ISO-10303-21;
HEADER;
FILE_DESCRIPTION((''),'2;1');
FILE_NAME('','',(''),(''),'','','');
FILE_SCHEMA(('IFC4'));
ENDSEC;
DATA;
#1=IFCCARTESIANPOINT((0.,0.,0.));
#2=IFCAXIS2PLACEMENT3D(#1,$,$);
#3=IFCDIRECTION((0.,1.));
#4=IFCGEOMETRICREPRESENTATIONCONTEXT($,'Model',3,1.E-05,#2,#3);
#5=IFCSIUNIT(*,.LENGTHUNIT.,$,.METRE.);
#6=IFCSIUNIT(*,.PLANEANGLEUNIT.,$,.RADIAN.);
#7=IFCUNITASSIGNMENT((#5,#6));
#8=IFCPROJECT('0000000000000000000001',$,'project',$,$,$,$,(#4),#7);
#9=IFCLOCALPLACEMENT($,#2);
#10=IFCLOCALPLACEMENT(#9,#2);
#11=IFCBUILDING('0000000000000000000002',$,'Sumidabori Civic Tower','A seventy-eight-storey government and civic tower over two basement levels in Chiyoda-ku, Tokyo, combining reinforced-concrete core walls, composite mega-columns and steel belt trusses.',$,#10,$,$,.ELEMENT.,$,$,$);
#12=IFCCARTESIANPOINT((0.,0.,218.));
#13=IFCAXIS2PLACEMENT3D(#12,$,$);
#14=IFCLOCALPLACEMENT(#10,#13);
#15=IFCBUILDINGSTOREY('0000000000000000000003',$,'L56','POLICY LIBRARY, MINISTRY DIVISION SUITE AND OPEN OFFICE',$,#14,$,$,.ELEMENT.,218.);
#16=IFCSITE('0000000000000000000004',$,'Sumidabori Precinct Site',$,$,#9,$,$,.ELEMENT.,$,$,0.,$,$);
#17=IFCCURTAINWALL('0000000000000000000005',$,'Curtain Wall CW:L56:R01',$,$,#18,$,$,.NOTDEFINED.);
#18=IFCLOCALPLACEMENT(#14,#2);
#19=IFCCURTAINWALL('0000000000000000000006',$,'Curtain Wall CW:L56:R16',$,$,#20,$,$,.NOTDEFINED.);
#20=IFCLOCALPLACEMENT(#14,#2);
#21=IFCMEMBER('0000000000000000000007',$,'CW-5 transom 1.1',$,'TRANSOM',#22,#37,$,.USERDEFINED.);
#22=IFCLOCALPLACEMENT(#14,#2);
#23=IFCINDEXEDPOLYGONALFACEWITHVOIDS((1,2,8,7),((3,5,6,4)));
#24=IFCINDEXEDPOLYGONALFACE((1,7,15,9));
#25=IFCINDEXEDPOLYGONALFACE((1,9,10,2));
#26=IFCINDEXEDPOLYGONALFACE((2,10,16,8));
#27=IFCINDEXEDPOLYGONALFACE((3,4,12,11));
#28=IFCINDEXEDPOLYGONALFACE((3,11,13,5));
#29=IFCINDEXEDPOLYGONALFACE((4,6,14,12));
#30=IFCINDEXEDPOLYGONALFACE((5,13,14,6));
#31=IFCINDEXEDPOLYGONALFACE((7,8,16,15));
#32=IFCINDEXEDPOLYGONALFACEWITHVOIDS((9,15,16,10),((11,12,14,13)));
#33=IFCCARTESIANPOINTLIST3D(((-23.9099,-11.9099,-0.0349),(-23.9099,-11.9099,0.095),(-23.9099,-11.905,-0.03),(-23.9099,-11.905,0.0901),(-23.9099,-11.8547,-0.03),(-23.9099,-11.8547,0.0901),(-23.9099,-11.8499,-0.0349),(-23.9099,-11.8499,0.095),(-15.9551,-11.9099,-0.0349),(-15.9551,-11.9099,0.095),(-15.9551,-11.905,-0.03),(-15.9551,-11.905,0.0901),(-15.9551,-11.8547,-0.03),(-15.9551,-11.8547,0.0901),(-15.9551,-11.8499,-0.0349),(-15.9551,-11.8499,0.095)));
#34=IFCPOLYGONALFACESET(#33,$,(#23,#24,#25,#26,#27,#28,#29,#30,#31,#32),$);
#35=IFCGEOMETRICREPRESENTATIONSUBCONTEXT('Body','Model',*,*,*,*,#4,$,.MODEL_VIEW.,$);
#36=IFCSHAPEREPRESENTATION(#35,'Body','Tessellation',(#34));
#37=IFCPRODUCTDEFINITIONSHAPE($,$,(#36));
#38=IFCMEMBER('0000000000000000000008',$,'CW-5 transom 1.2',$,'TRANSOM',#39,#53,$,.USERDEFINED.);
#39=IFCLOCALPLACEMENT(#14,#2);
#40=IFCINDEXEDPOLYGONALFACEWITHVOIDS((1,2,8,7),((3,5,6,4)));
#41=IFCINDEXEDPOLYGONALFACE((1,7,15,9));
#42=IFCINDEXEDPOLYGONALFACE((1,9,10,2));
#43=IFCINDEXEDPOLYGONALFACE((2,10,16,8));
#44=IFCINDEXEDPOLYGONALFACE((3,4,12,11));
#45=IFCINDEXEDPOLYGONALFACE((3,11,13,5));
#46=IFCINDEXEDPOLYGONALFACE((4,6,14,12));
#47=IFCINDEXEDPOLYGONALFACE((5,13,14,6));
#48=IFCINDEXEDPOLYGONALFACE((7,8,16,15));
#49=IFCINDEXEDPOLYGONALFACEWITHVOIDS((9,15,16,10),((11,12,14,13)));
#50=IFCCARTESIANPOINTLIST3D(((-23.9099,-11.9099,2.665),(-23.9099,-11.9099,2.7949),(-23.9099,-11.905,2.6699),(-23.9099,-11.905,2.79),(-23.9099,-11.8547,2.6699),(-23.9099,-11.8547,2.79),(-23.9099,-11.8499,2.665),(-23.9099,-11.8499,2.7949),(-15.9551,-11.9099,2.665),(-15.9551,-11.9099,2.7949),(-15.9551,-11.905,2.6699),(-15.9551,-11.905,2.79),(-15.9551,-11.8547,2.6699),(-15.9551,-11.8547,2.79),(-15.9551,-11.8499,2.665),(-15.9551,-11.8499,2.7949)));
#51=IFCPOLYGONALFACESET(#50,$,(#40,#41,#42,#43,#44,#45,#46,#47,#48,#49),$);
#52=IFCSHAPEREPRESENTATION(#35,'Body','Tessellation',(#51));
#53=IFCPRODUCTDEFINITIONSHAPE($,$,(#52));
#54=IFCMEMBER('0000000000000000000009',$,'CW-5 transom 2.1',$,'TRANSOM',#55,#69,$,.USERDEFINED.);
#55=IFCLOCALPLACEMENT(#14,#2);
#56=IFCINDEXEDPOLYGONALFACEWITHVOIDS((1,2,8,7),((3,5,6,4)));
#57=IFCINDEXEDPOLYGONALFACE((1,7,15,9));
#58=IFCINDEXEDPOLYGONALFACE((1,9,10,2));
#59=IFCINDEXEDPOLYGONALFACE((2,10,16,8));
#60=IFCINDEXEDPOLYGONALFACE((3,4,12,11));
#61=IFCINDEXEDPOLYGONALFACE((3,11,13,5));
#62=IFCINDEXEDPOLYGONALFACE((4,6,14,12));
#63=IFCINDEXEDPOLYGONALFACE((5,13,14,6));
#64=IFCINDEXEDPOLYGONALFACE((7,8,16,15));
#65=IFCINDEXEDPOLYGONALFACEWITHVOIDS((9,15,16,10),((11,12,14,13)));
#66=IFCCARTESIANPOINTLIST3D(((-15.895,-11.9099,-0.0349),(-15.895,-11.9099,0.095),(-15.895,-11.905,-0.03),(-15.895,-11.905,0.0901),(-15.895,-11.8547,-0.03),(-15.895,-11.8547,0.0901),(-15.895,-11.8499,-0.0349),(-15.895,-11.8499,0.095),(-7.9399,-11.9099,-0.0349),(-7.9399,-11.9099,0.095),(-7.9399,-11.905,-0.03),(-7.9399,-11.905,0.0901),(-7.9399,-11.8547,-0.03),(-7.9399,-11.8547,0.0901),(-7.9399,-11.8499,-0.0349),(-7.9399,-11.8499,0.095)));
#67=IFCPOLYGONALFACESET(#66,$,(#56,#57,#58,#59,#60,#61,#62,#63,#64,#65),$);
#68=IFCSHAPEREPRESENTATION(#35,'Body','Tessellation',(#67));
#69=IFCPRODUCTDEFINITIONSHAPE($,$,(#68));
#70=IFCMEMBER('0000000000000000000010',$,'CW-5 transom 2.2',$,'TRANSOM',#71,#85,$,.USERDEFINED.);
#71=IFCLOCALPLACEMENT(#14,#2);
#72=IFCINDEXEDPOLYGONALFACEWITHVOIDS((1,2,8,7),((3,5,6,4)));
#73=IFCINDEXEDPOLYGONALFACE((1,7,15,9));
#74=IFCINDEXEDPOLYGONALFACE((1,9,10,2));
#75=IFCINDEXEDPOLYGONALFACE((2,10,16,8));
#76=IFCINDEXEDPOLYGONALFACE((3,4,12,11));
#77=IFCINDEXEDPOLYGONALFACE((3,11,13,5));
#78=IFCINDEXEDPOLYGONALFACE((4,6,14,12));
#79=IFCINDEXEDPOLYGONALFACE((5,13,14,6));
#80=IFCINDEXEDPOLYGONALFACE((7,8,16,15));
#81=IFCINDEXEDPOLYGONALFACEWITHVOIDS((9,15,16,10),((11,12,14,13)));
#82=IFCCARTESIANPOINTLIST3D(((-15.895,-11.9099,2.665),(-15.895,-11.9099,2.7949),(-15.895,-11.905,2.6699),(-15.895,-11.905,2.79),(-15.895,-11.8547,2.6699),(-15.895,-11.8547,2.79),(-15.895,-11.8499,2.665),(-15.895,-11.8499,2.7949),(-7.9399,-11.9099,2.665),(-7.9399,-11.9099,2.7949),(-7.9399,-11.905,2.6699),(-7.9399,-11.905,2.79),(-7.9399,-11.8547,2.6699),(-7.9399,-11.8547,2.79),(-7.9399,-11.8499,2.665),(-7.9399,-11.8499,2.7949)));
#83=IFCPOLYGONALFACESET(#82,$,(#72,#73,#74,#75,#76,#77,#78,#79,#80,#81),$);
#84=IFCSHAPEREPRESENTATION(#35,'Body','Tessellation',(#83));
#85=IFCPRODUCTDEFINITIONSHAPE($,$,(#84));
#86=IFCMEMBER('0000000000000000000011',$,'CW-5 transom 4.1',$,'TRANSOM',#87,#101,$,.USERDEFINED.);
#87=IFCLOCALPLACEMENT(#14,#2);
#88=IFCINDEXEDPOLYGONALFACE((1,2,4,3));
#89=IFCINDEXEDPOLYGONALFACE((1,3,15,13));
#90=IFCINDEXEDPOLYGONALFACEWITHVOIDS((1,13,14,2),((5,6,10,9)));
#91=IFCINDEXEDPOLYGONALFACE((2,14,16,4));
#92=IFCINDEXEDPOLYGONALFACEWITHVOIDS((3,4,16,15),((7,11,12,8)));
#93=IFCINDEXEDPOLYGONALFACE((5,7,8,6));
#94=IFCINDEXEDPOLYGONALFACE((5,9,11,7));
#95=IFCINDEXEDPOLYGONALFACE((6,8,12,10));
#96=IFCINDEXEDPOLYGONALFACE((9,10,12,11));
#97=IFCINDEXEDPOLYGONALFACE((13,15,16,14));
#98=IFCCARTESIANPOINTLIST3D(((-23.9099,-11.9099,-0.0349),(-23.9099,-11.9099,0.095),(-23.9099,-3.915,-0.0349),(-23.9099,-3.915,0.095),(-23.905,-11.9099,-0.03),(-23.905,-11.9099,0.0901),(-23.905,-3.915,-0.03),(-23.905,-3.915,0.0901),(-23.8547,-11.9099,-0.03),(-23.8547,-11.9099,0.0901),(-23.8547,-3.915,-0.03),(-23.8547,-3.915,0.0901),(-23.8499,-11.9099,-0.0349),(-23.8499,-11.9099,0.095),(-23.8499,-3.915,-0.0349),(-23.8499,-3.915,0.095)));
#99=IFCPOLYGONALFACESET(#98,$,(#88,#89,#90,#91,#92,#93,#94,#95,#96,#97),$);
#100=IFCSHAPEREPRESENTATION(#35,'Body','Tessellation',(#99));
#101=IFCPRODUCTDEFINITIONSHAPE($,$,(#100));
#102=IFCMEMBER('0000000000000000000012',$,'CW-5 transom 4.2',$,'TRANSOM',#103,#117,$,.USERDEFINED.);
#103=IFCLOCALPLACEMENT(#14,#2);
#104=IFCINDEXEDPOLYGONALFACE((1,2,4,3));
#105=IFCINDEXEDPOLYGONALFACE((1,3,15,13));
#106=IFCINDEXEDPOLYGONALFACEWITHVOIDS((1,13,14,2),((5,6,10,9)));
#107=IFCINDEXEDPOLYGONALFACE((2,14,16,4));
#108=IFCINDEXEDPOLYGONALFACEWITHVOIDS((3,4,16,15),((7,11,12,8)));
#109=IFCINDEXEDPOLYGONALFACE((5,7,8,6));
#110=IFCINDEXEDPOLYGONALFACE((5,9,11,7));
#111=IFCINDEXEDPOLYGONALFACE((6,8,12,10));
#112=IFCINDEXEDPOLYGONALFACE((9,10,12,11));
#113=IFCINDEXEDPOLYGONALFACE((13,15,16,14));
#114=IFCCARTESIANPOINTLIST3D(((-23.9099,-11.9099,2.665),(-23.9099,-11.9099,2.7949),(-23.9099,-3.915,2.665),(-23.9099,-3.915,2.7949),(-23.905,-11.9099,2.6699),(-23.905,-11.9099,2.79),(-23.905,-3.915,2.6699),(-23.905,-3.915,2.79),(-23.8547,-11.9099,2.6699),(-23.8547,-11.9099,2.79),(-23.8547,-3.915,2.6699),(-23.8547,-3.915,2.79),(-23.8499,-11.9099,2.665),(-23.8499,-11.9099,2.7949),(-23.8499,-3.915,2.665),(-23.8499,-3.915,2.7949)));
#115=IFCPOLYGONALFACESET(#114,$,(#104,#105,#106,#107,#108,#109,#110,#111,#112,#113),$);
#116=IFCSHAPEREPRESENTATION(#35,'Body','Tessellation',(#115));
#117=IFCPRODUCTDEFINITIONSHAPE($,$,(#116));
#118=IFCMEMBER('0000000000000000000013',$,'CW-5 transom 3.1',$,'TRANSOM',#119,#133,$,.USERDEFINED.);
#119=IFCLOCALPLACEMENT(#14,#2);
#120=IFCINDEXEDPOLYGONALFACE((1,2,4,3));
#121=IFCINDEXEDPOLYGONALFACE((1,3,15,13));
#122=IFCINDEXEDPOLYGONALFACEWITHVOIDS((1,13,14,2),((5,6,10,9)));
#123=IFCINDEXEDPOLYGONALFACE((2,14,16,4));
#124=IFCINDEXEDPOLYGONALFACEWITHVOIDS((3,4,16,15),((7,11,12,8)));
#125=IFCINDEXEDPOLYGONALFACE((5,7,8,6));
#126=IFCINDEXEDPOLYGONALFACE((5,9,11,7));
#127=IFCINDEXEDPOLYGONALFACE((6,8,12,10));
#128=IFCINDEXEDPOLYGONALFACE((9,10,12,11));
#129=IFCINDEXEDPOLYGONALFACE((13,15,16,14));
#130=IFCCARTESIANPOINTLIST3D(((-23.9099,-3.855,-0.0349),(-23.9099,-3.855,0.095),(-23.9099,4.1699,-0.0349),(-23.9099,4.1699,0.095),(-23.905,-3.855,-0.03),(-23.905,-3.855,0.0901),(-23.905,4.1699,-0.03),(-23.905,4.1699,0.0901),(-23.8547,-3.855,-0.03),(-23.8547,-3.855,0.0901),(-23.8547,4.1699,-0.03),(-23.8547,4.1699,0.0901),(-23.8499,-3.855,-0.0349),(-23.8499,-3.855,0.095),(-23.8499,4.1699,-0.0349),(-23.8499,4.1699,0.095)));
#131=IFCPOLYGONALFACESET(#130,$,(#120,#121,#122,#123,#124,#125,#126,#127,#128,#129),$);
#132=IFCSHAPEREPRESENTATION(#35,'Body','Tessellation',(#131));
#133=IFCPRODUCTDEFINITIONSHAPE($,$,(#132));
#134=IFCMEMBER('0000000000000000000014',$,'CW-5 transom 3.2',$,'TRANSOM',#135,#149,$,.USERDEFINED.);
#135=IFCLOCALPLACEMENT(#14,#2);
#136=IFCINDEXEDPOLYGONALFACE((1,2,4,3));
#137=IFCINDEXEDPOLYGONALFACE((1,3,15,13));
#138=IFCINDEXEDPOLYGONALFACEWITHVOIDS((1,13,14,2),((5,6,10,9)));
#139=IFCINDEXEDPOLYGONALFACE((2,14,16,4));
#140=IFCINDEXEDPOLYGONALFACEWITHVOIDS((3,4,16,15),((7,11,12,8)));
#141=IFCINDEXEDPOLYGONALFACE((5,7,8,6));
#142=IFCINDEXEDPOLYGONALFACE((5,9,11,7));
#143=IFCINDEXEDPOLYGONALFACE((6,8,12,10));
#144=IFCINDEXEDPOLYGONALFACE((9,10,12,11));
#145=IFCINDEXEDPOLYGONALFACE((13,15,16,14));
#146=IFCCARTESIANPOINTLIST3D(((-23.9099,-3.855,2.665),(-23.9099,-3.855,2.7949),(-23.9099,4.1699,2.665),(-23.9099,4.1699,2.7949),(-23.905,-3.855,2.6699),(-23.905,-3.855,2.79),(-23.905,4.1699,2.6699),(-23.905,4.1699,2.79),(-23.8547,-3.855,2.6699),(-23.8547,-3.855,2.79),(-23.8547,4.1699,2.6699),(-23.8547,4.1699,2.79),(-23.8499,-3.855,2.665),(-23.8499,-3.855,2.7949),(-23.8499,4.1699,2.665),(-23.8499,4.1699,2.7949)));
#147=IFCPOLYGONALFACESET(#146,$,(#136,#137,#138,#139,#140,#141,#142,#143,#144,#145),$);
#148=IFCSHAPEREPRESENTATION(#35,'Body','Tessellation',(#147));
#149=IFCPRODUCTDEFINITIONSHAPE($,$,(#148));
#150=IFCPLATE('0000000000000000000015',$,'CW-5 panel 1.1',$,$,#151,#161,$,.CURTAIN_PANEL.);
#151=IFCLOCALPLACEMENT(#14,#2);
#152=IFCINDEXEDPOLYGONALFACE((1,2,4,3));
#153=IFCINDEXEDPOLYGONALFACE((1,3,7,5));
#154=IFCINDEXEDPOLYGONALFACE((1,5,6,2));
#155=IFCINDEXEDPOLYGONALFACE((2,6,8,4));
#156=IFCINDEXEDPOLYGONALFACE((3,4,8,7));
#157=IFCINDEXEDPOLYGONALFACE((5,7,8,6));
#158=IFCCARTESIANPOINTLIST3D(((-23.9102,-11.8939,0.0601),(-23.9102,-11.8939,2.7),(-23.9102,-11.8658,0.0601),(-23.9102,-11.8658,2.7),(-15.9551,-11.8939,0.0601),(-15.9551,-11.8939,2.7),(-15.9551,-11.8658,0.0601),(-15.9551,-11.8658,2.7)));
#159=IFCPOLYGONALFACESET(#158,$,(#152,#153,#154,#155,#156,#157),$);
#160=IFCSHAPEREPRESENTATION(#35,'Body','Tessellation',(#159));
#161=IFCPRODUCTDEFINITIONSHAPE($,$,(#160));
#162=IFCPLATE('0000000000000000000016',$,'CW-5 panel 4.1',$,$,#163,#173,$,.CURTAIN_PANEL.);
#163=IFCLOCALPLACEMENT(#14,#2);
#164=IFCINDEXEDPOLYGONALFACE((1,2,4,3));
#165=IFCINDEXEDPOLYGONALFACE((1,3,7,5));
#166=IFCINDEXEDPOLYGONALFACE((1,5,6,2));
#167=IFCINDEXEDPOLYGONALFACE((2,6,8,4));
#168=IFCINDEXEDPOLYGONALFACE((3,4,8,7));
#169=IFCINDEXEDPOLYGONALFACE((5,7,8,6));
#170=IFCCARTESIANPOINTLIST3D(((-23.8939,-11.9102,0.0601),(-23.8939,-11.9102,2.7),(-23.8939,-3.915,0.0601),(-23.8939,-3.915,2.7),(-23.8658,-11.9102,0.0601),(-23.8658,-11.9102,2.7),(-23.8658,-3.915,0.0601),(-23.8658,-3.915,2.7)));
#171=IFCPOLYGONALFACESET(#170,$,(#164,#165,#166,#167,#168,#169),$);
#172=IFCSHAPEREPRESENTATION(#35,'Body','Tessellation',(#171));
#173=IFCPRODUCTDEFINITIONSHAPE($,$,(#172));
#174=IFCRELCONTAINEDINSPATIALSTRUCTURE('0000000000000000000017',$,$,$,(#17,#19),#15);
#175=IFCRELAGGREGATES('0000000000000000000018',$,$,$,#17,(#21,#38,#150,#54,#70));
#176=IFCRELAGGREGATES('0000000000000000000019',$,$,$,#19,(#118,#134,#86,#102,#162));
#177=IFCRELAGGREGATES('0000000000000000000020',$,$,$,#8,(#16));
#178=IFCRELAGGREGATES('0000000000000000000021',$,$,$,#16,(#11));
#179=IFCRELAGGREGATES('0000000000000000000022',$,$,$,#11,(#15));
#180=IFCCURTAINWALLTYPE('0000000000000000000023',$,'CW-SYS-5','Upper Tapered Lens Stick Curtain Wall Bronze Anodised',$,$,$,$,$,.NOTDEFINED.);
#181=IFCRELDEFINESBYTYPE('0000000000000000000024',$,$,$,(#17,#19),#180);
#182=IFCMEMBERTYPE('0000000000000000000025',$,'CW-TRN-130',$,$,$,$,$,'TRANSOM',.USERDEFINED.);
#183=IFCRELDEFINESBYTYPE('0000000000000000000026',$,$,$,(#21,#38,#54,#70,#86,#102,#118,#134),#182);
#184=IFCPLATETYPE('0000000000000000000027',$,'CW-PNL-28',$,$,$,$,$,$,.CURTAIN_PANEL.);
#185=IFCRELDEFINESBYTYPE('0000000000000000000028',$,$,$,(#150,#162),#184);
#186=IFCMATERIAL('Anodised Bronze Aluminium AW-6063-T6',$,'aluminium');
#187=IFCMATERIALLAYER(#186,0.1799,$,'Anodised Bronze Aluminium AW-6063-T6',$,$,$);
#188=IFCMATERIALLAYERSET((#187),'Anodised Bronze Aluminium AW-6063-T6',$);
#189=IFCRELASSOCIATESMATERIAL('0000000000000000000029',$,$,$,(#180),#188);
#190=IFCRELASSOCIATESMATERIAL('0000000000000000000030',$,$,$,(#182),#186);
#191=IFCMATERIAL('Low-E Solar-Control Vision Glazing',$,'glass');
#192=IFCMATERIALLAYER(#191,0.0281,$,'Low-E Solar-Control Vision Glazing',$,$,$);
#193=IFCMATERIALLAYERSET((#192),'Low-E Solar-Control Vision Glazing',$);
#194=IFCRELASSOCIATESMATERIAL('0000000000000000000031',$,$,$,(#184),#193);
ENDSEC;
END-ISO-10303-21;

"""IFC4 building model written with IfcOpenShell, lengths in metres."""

from ifc_helpers import new_model, si_unit, direction, frame, origin, origin_2d, place, context, subcontext, project, spatial, rectangle, hollow_rectangle, extrude, source, transform, mapped, material, layer, layer_set, material_profile, profile_set, type_object, element, aggregate, save


model = new_model("IFC4")

# Units and contexts
model_context = context("Model", 3, precision=1e-05, world=origin(), true_north=direction((0.0, 1.0)))
body_context = subcontext(model_context, "Body", "Model", "MODEL_VIEW")
ifc_project = project(units=[si_unit("LENGTHUNIT", "METRE"), si_unit("PLANEANGLEUNIT", "RADIAN")], contexts=[model_context])

# Site, building, storey
site_placement = place(None, origin())
site = spatial("IfcSite", under=ifc_project, at=site_placement, Name="Sumidabori Precinct Site", CompositionType="ELEMENT", RefElevation=0.0)
building_placement = place(site_placement, origin())
building = spatial("IfcBuilding", under=site, at=building_placement, Name="Sumidabori Civic Tower", Description="A seventy-eight-storey government and civic tower over two basement levels in Chiyoda-ku, Tokyo, combining reinforced-concrete core walls, composite mega-columns and steel belt trusses.", CompositionType="ELEMENT")
storey_placement = place(building_placement, frame((0.0, 0.0, 218.0)))
storey = spatial("IfcBuildingStorey", under=building, at=storey_placement, Name="L56", Description="POLICY LIBRARY, MINISTRY DIVISION SUITE AND OPEN OFFICE", CompositionType="ELEMENT", Elevation=218.0)

# Curtain walls
ifc_material_1 = material(Name="Anodised Bronze Aluminium AW-6063-T6", Category="aluminium")
ifc_layer_1 = layer(ifc_material_1, 0.1799, Name="Anodised Bronze Aluminium AW-6063-T6")
ifc_layer_set_1 = layer_set([ifc_layer_1], Name="Anodised Bronze Aluminium AW-6063-T6")
curtain_wall_type = type_object("IfcCurtainWallType", Name="CW-SYS-5", Description="Upper Tapered Lens Stick Curtain Wall Bronze Anodised", PredefinedType="NOTDEFINED", material=ifc_layer_set_1)
curtain_wall_1_placement = place(storey_placement, origin())
curtain_wall_1 = element("IfcCurtainWall", 1, at=curtain_wall_1_placement, inside=storey, type_object=curtain_wall_type, Name="Curtain Wall CW:L56:R01", PredefinedType="NOTDEFINED")
curtain_wall_2_placement = place(storey_placement, origin())
curtain_wall_2 = element("IfcCurtainWall", 2, at=curtain_wall_2_placement, inside=storey, type_object=curtain_wall_type, Name="Curtain Wall CW:L56:R16", PredefinedType="NOTDEFINED")

# Members
ifc_material_profile_1 = material_profile(ifc_material_1, hollow_rectangle(XDim=0.0601, YDim=0.1299, WallThickness=0.0049, at=origin_2d()), Name="ALU TRANSOM 130x60")
ifc_profile_set_1 = profile_set([ifc_material_profile_1], Name="Anodised Bronze Aluminium AW-6063-T6")
member_type_1 = type_object("IfcMemberType", Name="CW-TRN-130", ElementType="TRANSOM", PredefinedType="USERDEFINED", material=ifc_profile_set_1)
shared_shape_1 = source(origin(), body_context, "Body", "SweptSolid", [
    extrude(hollow_rectangle(XDim=0.0601, YDim=0.1299, WallThickness=0.0049, at=origin_2d()), origin(), (0.0, 0.0, 1.0), 7.9548),
])
member_1_placement = place(storey_placement, frame((-23.9099, -11.8799, 0.03), z_axis=(1.0, 0.0, 0.0), x_axis=(0.0, 1.0, 0.0)))
member_1 = element("IfcMember", 3, at=member_1_placement, type_object=member_type_1, Name="CW-5 transom 1.1", ObjectType="TRANSOM", PredefinedType="USERDEFINED", context=body_context, shape_type="MappedRepresentation", body=[
    mapped(shared_shape_1, transform((0.0, 0.0, 0.0), x_axis=(1.0, 0.0, 0.0), y_axis=(0.0, 1.0, 0.0), z_axis=(0.0, 0.0, 1.0), scale=1.0)),
])
member_2_placement = place(storey_placement, frame((-23.9099, -11.8799, 2.73), z_axis=(1.0, 0.0, 0.0), x_axis=(0.0, 1.0, 0.0)))
member_2 = element("IfcMember", 4, at=member_2_placement, type_object=member_type_1, Name="CW-5 transom 1.2", ObjectType="TRANSOM", PredefinedType="USERDEFINED", context=body_context, shape_type="MappedRepresentation", body=[
    mapped(shared_shape_1, transform((0.0, 0.0, 0.0), x_axis=(1.0, 0.0, 0.0), y_axis=(0.0, 1.0, 0.0), z_axis=(0.0, 0.0, 1.0), scale=1.0)),
])
shared_shape_2 = source(origin(), body_context, "Body", "SweptSolid", [
    extrude(hollow_rectangle(XDim=0.0601, YDim=0.1299, WallThickness=0.0049, at=origin_2d()), origin(), (0.0, 0.0, 1.0), 7.9551),
])
member_3_placement = place(storey_placement, frame((-15.895, -11.8799, 0.03), z_axis=(1.0, 0.0, 0.0), x_axis=(0.0, 1.0, 0.0)))
member_3 = element("IfcMember", 5, at=member_3_placement, type_object=member_type_1, Name="CW-5 transom 2.1", ObjectType="TRANSOM", PredefinedType="USERDEFINED", context=body_context, shape_type="MappedRepresentation", body=[
    mapped(shared_shape_2, transform((0.0, 0.0, 0.0), x_axis=(1.0, 0.0, 0.0), y_axis=(0.0, 1.0, 0.0), z_axis=(0.0, 0.0, 1.0), scale=1.0)),
])
member_4_placement = place(storey_placement, frame((-15.895, -11.8799, 2.73), z_axis=(1.0, 0.0, 0.0), x_axis=(0.0, 1.0, 0.0)))
member_4 = element("IfcMember", 6, at=member_4_placement, type_object=member_type_1, Name="CW-5 transom 2.2", ObjectType="TRANSOM", PredefinedType="USERDEFINED", context=body_context, shape_type="MappedRepresentation", body=[
    mapped(shared_shape_2, transform((0.0, 0.0, 0.0), x_axis=(1.0, 0.0, 0.0), y_axis=(0.0, 1.0, 0.0), z_axis=(0.0, 0.0, 1.0), scale=1.0)),
])
shared_shape_3 = source(origin(), body_context, "Body", "SweptSolid", [
    extrude(hollow_rectangle(XDim=0.0601, YDim=0.1299, WallThickness=0.0049, at=origin_2d()), origin(), (0.0, 0.0, 1.0), 7.9949),
])
member_5_placement = place(storey_placement, frame((-23.8799, -3.915, 0.03), z_axis=(0.0, -1.0, 0.0), x_axis=(1.0, 0.0, 0.0)))
member_5 = element("IfcMember", 7, at=member_5_placement, type_object=member_type_1, Name="CW-5 transom 4.1", ObjectType="TRANSOM", PredefinedType="USERDEFINED", context=body_context, shape_type="MappedRepresentation", body=[
    mapped(shared_shape_3, transform((0.0, 0.0, 0.0), x_axis=(1.0, 0.0, 0.0), y_axis=(0.0, 1.0, 0.0), z_axis=(0.0, 0.0, 1.0), scale=1.0)),
])
member_6_placement = place(storey_placement, frame((-23.8799, -3.915, 2.73), z_axis=(0.0, -1.0, 0.0), x_axis=(1.0, 0.0, 0.0)))
member_6 = element("IfcMember", 8, at=member_6_placement, type_object=member_type_1, Name="CW-5 transom 4.2", ObjectType="TRANSOM", PredefinedType="USERDEFINED", context=body_context, shape_type="MappedRepresentation", body=[
    mapped(shared_shape_3, transform((0.0, 0.0, 0.0), x_axis=(1.0, 0.0, 0.0), y_axis=(0.0, 1.0, 0.0), z_axis=(0.0, 0.0, 1.0), scale=1.0)),
])
shared_shape_4 = source(origin(), body_context, "Body", "SweptSolid", [
    extrude(hollow_rectangle(XDim=0.0601, YDim=0.1299, WallThickness=0.0049, at=origin_2d()), origin(), (0.0, 0.0, 1.0), 8.0249),
])
member_7_placement = place(storey_placement, frame((-23.8799, 4.1699, 0.03), z_axis=(0.0, -1.0, 0.0), x_axis=(1.0, 0.0, 0.0)))
member_7 = element("IfcMember", 9, at=member_7_placement, type_object=member_type_1, Name="CW-5 transom 3.1", ObjectType="TRANSOM", PredefinedType="USERDEFINED", context=body_context, shape_type="MappedRepresentation", body=[
    mapped(shared_shape_4, transform((0.0, 0.0, 0.0), x_axis=(1.0, 0.0, 0.0), y_axis=(0.0, 1.0, 0.0), z_axis=(0.0, 0.0, 1.0), scale=1.0)),
])
member_8_placement = place(storey_placement, frame((-23.8799, 4.1699, 2.73), z_axis=(0.0, -1.0, 0.0), x_axis=(1.0, 0.0, 0.0)))
member_8 = element("IfcMember", 10, at=member_8_placement, type_object=member_type_1, Name="CW-5 transom 3.2", ObjectType="TRANSOM", PredefinedType="USERDEFINED", context=body_context, shape_type="MappedRepresentation", body=[
    mapped(shared_shape_4, transform((0.0, 0.0, 0.0), x_axis=(1.0, 0.0, 0.0), y_axis=(0.0, 1.0, 0.0), z_axis=(0.0, 0.0, 1.0), scale=1.0)),
])

# Plates
ifc_material_2 = material(Name="Low-E Solar-Control Vision Glazing", Category="glass")
ifc_layer_2 = layer(ifc_material_2, 0.0281, Name="Low-E Solar-Control Vision Glazing")
ifc_layer_set_2 = layer_set([ifc_layer_2], Name="Low-E Solar-Control Vision Glazing")
plate_type = type_object("IfcPlateType", Name="CW-PNL-28", PredefinedType="CURTAIN_PANEL", material=ifc_layer_set_2)
shared_shape_5 = source(origin(), body_context, "Body", "SweptSolid", [
    extrude(rectangle(XDim=7.9551, YDim=0.0281, at=origin_2d()), origin(), (0.0, 0.0, 1.0), 2.6399),
])
plate_1_placement = place(storey_placement, frame((-19.9326, -11.8799, 0.0601), z_axis=(0.0, 0.0, 1.0), x_axis=(1.0, 0.0, 0.0)))
plate_1 = element("IfcPlate", 11, at=plate_1_placement, type_object=plate_type, Name="CW-5 panel 1.1", PredefinedType="CURTAIN_PANEL", context=body_context, shape_type="MappedRepresentation", body=[
    mapped(shared_shape_5, transform((0.0, 0.0, 0.0), x_axis=(1.0, 0.0, 0.0), y_axis=(0.0, 1.0, 0.0), z_axis=(0.0, 0.0, 1.0), scale=1.0)),
])
aggregate(curtain_wall_1, [member_1, member_2, plate_1, member_3, member_4])
shared_shape_6 = source(origin(), body_context, "Body", "SweptSolid", [
    extrude(rectangle(XDim=7.9951, YDim=0.0281, at=origin_2d()), origin(), (0.0, 0.0, 1.0), 2.6399),
])
plate_2_placement = place(storey_placement, frame((-23.8799, -7.9126, 0.0601), z_axis=(0.0, 0.0, 1.0), x_axis=(0.0, -1.0, 0.0)))
plate_2 = element("IfcPlate", 12, at=plate_2_placement, type_object=plate_type, Name="CW-5 panel 4.1", PredefinedType="CURTAIN_PANEL", context=body_context, shape_type="MappedRepresentation", body=[
    mapped(shared_shape_6, transform((0.0, 0.0, 0.0), x_axis=(1.0, 0.0, 0.0), y_axis=(0.0, 1.0, 0.0), z_axis=(0.0, 0.0, 1.0), scale=1.0)),
])
aggregate(curtain_wall_2, [member_7, member_8, member_5, member_6, plate_2])

save(model, "model.ifc")
